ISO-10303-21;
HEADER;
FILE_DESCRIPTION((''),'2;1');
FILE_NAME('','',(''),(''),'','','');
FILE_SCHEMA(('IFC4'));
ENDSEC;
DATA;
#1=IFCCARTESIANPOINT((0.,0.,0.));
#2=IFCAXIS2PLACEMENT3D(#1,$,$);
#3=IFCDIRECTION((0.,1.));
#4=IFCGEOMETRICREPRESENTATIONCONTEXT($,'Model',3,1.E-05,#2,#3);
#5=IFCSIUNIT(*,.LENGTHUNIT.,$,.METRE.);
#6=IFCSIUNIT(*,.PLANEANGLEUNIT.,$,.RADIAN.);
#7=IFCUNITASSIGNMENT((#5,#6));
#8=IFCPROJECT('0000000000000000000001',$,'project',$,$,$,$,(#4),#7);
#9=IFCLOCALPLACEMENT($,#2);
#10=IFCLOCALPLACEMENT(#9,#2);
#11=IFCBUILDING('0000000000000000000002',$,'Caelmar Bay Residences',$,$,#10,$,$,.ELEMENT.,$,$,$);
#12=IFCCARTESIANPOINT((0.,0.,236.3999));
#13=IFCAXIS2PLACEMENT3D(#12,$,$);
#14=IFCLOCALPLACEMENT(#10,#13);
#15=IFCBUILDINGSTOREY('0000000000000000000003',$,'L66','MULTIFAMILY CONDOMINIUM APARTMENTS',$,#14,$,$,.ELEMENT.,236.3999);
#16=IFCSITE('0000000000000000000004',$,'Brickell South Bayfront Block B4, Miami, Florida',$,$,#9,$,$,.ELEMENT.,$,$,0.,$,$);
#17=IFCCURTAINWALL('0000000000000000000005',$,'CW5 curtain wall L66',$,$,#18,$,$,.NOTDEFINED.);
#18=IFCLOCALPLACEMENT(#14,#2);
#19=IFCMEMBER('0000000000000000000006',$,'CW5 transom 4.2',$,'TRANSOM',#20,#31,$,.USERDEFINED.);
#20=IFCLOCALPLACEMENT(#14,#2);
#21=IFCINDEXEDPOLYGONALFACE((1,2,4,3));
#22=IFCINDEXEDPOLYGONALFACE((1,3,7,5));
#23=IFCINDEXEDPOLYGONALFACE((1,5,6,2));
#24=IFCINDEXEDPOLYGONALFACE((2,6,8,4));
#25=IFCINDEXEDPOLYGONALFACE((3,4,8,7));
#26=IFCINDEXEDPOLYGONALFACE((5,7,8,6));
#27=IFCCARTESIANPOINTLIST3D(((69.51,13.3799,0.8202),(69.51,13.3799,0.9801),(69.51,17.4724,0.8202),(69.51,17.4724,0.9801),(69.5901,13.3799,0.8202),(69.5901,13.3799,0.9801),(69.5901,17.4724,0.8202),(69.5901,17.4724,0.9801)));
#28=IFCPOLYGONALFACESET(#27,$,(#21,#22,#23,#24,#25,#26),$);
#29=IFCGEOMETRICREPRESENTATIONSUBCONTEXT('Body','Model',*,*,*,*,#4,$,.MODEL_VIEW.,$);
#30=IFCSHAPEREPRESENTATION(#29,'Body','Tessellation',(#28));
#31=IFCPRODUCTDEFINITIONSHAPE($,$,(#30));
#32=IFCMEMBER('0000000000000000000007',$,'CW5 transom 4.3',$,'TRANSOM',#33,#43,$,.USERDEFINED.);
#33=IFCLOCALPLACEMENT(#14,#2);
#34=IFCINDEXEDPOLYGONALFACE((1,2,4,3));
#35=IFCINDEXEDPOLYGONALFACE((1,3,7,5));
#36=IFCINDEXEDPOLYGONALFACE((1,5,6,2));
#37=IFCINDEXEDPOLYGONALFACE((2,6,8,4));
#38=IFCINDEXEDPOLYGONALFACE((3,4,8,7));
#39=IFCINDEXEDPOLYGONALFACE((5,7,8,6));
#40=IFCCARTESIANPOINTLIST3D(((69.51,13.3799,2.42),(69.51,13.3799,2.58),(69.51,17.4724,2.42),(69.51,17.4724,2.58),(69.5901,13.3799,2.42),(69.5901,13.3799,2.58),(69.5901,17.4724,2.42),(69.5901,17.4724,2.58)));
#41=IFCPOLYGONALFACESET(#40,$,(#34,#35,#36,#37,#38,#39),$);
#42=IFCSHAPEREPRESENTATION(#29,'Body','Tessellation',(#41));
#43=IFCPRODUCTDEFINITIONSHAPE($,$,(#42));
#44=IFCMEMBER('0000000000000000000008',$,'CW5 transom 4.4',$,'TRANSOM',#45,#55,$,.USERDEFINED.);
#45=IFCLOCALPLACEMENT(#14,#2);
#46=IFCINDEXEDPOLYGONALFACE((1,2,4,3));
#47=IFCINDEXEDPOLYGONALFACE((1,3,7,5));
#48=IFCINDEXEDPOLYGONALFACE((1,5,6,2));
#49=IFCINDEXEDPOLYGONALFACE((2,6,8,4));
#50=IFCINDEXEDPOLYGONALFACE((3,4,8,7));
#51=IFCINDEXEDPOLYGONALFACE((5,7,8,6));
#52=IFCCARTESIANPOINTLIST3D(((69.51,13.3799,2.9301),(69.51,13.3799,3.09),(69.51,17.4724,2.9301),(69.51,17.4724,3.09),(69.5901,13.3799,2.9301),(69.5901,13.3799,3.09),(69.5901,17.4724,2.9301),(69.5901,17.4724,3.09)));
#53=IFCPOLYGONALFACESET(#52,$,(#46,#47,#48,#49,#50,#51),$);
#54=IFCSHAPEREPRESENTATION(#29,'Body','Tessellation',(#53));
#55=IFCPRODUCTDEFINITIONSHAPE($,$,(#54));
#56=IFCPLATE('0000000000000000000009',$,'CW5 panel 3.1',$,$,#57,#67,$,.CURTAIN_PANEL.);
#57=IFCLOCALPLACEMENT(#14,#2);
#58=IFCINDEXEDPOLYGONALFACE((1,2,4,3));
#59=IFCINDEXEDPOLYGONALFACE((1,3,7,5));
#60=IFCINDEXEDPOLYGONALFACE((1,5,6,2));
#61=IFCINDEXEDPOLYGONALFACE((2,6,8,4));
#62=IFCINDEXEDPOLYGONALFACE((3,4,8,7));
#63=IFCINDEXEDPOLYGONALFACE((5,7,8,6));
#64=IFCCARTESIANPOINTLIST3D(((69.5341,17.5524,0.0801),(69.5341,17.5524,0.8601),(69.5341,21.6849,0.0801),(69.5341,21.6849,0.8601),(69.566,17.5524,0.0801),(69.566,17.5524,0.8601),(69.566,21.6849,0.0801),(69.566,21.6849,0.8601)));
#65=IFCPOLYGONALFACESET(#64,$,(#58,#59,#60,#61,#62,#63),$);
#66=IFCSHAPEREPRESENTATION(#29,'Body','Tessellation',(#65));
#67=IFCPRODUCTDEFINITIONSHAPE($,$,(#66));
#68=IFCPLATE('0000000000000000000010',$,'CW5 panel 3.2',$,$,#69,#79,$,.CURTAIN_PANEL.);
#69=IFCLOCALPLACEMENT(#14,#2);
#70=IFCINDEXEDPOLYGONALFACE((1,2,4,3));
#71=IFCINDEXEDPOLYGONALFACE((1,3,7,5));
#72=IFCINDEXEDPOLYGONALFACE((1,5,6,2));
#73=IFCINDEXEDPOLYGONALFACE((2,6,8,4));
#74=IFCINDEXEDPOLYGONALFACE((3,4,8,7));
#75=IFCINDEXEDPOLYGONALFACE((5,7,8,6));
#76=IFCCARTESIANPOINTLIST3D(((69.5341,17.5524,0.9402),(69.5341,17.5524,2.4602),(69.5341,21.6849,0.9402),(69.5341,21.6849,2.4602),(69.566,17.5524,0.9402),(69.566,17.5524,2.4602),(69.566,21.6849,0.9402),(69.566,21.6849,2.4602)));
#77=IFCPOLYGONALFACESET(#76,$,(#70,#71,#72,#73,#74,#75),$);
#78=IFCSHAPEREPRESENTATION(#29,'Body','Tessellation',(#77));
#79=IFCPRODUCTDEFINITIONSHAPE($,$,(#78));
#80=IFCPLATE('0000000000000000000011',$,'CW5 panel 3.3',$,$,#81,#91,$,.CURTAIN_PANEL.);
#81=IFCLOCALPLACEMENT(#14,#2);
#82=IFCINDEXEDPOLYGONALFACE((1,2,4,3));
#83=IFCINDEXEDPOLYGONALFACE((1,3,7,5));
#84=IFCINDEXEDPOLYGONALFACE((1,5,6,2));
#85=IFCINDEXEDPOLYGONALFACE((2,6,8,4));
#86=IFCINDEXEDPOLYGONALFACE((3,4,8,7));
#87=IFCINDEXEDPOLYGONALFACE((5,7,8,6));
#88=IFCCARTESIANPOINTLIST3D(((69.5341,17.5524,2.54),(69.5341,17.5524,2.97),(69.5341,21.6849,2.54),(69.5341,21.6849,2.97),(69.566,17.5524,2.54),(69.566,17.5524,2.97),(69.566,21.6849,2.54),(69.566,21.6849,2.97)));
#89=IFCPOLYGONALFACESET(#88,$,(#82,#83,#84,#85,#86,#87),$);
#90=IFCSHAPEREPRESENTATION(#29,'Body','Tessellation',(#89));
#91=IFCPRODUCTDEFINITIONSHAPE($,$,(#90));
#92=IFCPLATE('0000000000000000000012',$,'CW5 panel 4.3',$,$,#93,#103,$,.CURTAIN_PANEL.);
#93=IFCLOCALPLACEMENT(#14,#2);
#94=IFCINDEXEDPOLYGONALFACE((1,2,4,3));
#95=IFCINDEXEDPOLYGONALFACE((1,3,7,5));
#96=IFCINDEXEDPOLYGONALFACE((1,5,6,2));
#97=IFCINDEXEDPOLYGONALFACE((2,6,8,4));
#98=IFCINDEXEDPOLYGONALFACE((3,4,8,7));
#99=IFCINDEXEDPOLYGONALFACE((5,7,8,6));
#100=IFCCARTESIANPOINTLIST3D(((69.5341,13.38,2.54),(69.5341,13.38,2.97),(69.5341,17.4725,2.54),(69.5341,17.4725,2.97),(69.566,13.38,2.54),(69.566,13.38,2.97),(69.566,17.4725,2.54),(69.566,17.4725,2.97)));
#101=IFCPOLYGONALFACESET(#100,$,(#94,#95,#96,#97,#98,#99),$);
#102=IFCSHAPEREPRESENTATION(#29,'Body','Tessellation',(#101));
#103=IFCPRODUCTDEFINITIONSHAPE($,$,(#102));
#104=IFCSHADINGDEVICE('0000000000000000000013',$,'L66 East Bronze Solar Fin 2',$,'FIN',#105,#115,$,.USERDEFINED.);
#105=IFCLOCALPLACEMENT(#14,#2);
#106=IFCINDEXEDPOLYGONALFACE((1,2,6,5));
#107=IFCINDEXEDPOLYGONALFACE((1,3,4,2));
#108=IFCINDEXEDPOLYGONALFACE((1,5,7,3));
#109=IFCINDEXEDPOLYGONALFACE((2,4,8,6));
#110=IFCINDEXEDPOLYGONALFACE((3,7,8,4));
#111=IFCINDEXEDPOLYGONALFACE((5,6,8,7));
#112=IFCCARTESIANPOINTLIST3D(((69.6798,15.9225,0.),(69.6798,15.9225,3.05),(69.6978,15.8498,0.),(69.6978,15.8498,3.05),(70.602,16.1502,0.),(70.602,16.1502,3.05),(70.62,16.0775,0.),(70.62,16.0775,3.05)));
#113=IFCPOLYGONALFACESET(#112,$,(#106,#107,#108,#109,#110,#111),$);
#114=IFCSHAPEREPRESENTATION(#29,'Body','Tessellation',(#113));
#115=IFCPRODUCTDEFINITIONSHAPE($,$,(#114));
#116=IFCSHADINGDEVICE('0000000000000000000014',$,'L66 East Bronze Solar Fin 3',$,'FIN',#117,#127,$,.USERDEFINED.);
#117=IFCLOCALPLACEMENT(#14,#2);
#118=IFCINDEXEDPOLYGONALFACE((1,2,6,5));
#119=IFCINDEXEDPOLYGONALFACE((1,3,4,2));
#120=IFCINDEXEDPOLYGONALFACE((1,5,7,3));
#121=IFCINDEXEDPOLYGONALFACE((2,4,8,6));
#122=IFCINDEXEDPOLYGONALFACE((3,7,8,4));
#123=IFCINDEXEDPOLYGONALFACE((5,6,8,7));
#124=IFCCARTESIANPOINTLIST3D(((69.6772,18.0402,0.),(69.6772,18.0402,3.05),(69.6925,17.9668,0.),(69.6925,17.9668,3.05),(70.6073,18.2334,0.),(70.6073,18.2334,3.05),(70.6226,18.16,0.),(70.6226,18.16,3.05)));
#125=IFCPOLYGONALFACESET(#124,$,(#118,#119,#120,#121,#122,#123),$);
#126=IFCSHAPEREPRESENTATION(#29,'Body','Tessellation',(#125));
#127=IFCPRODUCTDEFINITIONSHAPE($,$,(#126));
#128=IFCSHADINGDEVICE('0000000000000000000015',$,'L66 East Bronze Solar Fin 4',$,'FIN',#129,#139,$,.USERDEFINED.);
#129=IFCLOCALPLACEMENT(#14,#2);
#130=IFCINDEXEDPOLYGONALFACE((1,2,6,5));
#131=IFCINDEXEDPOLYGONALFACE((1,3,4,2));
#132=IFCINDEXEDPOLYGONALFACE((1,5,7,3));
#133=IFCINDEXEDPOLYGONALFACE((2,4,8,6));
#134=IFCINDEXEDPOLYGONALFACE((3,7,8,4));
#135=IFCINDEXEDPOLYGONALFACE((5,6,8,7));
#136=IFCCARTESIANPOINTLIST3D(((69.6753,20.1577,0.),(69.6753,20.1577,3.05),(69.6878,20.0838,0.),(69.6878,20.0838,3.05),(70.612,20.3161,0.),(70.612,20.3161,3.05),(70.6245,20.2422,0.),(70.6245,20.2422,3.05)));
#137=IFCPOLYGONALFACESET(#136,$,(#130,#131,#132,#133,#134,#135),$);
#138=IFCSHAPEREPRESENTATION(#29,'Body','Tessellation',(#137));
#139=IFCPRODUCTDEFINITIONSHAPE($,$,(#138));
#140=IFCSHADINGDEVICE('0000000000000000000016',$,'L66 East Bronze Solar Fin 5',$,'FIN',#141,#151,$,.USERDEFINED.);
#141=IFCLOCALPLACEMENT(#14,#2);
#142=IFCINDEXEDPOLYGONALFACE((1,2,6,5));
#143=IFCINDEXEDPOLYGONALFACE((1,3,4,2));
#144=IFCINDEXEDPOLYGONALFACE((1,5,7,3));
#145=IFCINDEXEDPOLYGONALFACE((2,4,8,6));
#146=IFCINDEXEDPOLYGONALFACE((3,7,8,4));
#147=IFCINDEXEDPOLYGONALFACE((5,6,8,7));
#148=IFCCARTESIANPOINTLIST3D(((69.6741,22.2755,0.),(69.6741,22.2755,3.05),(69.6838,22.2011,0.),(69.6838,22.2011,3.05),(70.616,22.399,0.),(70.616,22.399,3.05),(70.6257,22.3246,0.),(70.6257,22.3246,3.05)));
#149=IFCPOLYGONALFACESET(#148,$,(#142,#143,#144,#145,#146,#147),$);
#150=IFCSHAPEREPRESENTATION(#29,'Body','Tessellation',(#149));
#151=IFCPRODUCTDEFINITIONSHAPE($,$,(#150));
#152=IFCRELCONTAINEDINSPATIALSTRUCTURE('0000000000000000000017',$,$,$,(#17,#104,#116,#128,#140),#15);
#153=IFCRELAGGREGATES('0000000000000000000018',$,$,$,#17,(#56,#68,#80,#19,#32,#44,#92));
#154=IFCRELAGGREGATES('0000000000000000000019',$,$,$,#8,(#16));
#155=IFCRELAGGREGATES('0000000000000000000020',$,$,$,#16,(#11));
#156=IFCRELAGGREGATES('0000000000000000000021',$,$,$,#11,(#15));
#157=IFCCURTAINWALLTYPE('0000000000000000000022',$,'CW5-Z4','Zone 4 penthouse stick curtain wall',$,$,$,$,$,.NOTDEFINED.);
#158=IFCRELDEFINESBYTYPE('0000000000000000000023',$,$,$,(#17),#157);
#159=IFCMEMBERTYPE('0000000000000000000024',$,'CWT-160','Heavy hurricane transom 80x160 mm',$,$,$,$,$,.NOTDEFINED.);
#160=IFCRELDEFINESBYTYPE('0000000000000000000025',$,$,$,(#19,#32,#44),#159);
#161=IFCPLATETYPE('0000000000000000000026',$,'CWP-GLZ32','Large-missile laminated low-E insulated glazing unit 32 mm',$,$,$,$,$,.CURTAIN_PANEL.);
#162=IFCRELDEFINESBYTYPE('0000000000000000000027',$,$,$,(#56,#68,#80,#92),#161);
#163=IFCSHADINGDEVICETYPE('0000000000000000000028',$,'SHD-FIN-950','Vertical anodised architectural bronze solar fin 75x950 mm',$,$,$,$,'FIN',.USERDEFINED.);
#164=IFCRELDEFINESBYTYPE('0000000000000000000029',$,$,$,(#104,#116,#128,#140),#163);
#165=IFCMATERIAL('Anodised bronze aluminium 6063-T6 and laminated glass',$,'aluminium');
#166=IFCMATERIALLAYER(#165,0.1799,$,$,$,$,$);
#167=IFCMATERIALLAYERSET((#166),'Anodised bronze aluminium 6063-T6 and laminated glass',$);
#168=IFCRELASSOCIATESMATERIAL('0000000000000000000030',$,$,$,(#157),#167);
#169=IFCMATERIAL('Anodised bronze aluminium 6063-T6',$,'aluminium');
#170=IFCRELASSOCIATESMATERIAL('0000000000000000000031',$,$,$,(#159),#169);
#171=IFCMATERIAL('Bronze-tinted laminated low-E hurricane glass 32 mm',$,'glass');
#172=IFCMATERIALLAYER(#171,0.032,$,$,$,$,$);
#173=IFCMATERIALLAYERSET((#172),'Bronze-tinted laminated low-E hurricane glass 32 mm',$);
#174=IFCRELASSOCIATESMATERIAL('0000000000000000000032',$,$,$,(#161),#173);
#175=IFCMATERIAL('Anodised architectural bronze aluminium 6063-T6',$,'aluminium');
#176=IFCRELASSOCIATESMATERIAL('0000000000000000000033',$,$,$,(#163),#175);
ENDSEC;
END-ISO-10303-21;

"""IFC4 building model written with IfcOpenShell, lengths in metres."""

from ifc_helpers import new_model, si_unit, direction, frame, origin, origin_2d, place, context, subcontext, project, spatial, rectangle, extrude, material, layer, layer_set, material_profile, profile_set, type_object, element, aggregate, save


model = new_model("IFC4")

# Units and contexts
model_context = context("Model", 3, precision=1e-05, world=origin(), true_north=direction((0.0, 1.0)))
body_context = subcontext(model_context, "Body", "Model", "MODEL_VIEW")
ifc_project = project(units=[si_unit("LENGTHUNIT", "METRE"), si_unit("PLANEANGLEUNIT", "RADIAN")], contexts=[model_context])

# Site, building, storey
site_placement = place(None, origin())
site = spatial("IfcSite", under=ifc_project, at=site_placement, Name="Brickell South Bayfront Block B4, Miami, Florida", CompositionType="ELEMENT", RefElevation=0.0)
building_placement = place(site_placement, origin())
building = spatial("IfcBuilding", under=site, at=building_placement, Name="Caelmar Bay Residences", CompositionType="ELEMENT")
storey_placement = place(building_placement, frame((0.0, 0.0, 236.3999)))
storey = spatial("IfcBuildingStorey", under=building, at=storey_placement, Name="L66", Description="MULTIFAMILY CONDOMINIUM APARTMENTS", CompositionType="ELEMENT", Elevation=236.3999)

# Curtain wall, members, plates
ifc_material_1 = material(Name="Anodised bronze aluminium 6063-T6 and laminated glass", Category="aluminium")
ifc_layer_1 = layer(ifc_material_1, 0.1799)
ifc_layer_set_1 = layer_set([ifc_layer_1], Name="Anodised bronze aluminium 6063-T6 and laminated glass")
curtain_wall_type = type_object("IfcCurtainWallType", Name="CW5-Z4", Description="Zone 4 penthouse stick curtain wall", PredefinedType="NOTDEFINED", material=ifc_layer_set_1)
curtain_wall_placement = place(storey_placement, origin())
curtain_wall = element("IfcCurtainWall", 1, at=curtain_wall_placement, inside=storey, type_object=curtain_wall_type, Name="CW5 curtain wall L66", PredefinedType="NOTDEFINED")
ifc_material_2 = material(Name="Anodised bronze aluminium 6063-T6", Category="aluminium")
ifc_material_profile_1 = material_profile(ifc_material_2, rectangle(XDim=0.0801, YDim=0.1599, at=origin_2d()), Name="CWT-80X160")
ifc_profile_set_1 = profile_set([ifc_material_profile_1], Name="Anodised bronze aluminium 6063-T6")
member_type_1 = type_object("IfcMemberType", Name="CWT-160", Description="Heavy hurricane transom 80x160 mm", PredefinedType="NOTDEFINED", material=ifc_profile_set_1)
member_1_placement = place(storey_placement, frame((69.55, 17.4724, 0.9001), z_axis=(0.0, -1.0, 0.0), x_axis=(1.0, 0.0, 0.0)))
member_1 = element("IfcMember", 2, at=member_1_placement, type_object=member_type_1, Name="CW5 transom 4.2", ObjectType="TRANSOM", PredefinedType="USERDEFINED", context=body_context, shape_type="SweptSolid", body=[
    extrude(rectangle(XDim=0.0801, YDim=0.1599, at=origin_2d()), origin(), (0.0, 0.0, 1.0), 4.0925),
])
member_2_placement = place(storey_placement, frame((69.55, 17.4724, 2.5), z_axis=(0.0, -1.0, 0.0), x_axis=(1.0, 0.0, 0.0)))
member_2 = element("IfcMember", 3, at=member_2_placement, type_object=member_type_1, Name="CW5 transom 4.3", ObjectType="TRANSOM", PredefinedType="USERDEFINED", context=body_context, shape_type="SweptSolid", body=[
    extrude(rectangle(XDim=0.0801, YDim=0.1599, at=origin_2d()), origin(), (0.0, 0.0, 1.0), 4.0925),
])
member_3_placement = place(storey_placement, frame((69.55, 17.4724, 3.01), z_axis=(0.0, -1.0, 0.0), x_axis=(1.0, 0.0, 0.0)))
member_3 = element("IfcMember", 4, at=member_3_placement, type_object=member_type_1, Name="CW5 transom 4.4", ObjectType="TRANSOM", PredefinedType="USERDEFINED", context=body_context, shape_type="SweptSolid", body=[
    extrude(rectangle(XDim=0.0801, YDim=0.1599, at=origin_2d()), origin(), (0.0, 0.0, 1.0), 4.0925),
])
ifc_material_3 = material(Name="Bronze-tinted laminated low-E hurricane glass 32 mm", Category="glass")
ifc_layer_2 = layer(ifc_material_3, 0.032)
ifc_layer_set_2 = layer_set([ifc_layer_2], Name="Bronze-tinted laminated low-E hurricane glass 32 mm")
plate_type = type_object("IfcPlateType", Name="CWP-GLZ32", Description="Large-missile laminated low-E insulated glazing unit 32 mm", PredefinedType="CURTAIN_PANEL", material=ifc_layer_set_2)
plate_1_placement = place(storey_placement, frame((69.55, 19.6187, 0.0801), z_axis=(0.0, 0.0, 1.0), x_axis=(0.0, -1.0, 0.0)))
plate_1 = element("IfcPlate", 5, at=plate_1_placement, type_object=plate_type, Name="CW5 panel 3.1", PredefinedType="CURTAIN_PANEL", context=body_context, shape_type="SweptSolid", body=[
    extrude(rectangle(XDim=4.1326, YDim=0.032, at=origin_2d()), origin(), (0.0, 0.0, 1.0), 0.78),
])
plate_2_placement = place(storey_placement, frame((69.55, 19.6187, 0.9402), z_axis=(0.0, 0.0, 1.0), x_axis=(0.0, -1.0, 0.0)))
plate_2 = element("IfcPlate", 6, at=plate_2_placement, type_object=plate_type, Name="CW5 panel 3.2", PredefinedType="CURTAIN_PANEL", context=body_context, shape_type="SweptSolid", body=[
    extrude(rectangle(XDim=4.1326, YDim=0.032, at=origin_2d()), origin(), (0.0, 0.0, 1.0), 1.52),
])
plate_3_placement = place(storey_placement, frame((69.55, 19.6187, 2.54), z_axis=(0.0, 0.0, 1.0), x_axis=(0.0, -1.0, 0.0)))
plate_3 = element("IfcPlate", 7, at=plate_3_placement, type_object=plate_type, Name="CW5 panel 3.3", PredefinedType="CURTAIN_PANEL", context=body_context, shape_type="SweptSolid", body=[
    extrude(rectangle(XDim=4.1326, YDim=0.032, at=origin_2d()), origin(), (0.0, 0.0, 1.0), 0.4299),
])
plate_4_placement = place(storey_placement, frame((69.55, 15.4263, 2.54), z_axis=(0.0, 0.0, 1.0), x_axis=(0.0, -1.0, 0.0)))
plate_4 = element("IfcPlate", 8, at=plate_4_placement, type_object=plate_type, Name="CW5 panel 4.3", PredefinedType="CURTAIN_PANEL", context=body_context, shape_type="SweptSolid", body=[
    extrude(rectangle(XDim=4.0925, YDim=0.032, at=origin_2d()), origin(), (0.0, 0.0, 1.0), 0.4299),
])
aggregate(curtain_wall, [plate_1, plate_2, plate_3, member_1, member_2, member_3, plate_4])

# Shading devices
ifc_material_4 = material(Name="Anodised architectural bronze aluminium 6063-T6", Category="aluminium")
ifc_material_profile_2 = material_profile(ifc_material_4, rectangle(XDim=0.075, YDim=0.95, at=origin_2d()), Name="BRONZE-FIN-75X950")
ifc_profile_set_2 = profile_set([ifc_material_profile_2], Name="Anodised architectural bronze aluminium 6063-T6")
shading_device_type = type_object("IfcShadingDeviceType", Name="SHD-FIN-950", Description="Vertical anodised architectural bronze solar fin 75x950 mm", ElementType="FIN", PredefinedType="USERDEFINED", material=ifc_profile_set_2)
for number, where, z_axis, x_axis, name in (
    (9, (70.1499, 16.0, 0.0), (0.0, 0.0, 1.0), (-0.23972, 0.970842, 0.0), "L66 East Bronze Solar Fin 2"),
    (10, (70.1499, 18.1001, 0.0), (0.0, 0.0, 1.0), (-0.2033, 0.979116, 0.0), "L66 East Bronze Solar Fin 3"),
    (11, (70.1499, 20.2, 0.0), (0.0, 0.0, 1.0), (-0.166769, 0.985996, 0.0), "L66 East Bronze Solar Fin 4"),
    (12, (70.1499, 22.3, 0.0), (0.0, 0.0, 1.0), (-0.130007, 0.991513, 0.0), "L66 East Bronze Solar Fin 5"),
):
    element("IfcShadingDevice", number, at=place(storey_placement, frame(where, z_axis=z_axis, x_axis=x_axis)), inside=storey, type_object=shading_device_type, Name=name, ObjectType="FIN", PredefinedType="USERDEFINED", context=body_context, shape_type="SweptSolid", body=[
        extrude(rectangle(XDim=0.075, YDim=0.95, at=origin_2d()), origin(), (0.0, 0.0, 1.0), 3.05),
    ])

save(model, "model.ifc")
